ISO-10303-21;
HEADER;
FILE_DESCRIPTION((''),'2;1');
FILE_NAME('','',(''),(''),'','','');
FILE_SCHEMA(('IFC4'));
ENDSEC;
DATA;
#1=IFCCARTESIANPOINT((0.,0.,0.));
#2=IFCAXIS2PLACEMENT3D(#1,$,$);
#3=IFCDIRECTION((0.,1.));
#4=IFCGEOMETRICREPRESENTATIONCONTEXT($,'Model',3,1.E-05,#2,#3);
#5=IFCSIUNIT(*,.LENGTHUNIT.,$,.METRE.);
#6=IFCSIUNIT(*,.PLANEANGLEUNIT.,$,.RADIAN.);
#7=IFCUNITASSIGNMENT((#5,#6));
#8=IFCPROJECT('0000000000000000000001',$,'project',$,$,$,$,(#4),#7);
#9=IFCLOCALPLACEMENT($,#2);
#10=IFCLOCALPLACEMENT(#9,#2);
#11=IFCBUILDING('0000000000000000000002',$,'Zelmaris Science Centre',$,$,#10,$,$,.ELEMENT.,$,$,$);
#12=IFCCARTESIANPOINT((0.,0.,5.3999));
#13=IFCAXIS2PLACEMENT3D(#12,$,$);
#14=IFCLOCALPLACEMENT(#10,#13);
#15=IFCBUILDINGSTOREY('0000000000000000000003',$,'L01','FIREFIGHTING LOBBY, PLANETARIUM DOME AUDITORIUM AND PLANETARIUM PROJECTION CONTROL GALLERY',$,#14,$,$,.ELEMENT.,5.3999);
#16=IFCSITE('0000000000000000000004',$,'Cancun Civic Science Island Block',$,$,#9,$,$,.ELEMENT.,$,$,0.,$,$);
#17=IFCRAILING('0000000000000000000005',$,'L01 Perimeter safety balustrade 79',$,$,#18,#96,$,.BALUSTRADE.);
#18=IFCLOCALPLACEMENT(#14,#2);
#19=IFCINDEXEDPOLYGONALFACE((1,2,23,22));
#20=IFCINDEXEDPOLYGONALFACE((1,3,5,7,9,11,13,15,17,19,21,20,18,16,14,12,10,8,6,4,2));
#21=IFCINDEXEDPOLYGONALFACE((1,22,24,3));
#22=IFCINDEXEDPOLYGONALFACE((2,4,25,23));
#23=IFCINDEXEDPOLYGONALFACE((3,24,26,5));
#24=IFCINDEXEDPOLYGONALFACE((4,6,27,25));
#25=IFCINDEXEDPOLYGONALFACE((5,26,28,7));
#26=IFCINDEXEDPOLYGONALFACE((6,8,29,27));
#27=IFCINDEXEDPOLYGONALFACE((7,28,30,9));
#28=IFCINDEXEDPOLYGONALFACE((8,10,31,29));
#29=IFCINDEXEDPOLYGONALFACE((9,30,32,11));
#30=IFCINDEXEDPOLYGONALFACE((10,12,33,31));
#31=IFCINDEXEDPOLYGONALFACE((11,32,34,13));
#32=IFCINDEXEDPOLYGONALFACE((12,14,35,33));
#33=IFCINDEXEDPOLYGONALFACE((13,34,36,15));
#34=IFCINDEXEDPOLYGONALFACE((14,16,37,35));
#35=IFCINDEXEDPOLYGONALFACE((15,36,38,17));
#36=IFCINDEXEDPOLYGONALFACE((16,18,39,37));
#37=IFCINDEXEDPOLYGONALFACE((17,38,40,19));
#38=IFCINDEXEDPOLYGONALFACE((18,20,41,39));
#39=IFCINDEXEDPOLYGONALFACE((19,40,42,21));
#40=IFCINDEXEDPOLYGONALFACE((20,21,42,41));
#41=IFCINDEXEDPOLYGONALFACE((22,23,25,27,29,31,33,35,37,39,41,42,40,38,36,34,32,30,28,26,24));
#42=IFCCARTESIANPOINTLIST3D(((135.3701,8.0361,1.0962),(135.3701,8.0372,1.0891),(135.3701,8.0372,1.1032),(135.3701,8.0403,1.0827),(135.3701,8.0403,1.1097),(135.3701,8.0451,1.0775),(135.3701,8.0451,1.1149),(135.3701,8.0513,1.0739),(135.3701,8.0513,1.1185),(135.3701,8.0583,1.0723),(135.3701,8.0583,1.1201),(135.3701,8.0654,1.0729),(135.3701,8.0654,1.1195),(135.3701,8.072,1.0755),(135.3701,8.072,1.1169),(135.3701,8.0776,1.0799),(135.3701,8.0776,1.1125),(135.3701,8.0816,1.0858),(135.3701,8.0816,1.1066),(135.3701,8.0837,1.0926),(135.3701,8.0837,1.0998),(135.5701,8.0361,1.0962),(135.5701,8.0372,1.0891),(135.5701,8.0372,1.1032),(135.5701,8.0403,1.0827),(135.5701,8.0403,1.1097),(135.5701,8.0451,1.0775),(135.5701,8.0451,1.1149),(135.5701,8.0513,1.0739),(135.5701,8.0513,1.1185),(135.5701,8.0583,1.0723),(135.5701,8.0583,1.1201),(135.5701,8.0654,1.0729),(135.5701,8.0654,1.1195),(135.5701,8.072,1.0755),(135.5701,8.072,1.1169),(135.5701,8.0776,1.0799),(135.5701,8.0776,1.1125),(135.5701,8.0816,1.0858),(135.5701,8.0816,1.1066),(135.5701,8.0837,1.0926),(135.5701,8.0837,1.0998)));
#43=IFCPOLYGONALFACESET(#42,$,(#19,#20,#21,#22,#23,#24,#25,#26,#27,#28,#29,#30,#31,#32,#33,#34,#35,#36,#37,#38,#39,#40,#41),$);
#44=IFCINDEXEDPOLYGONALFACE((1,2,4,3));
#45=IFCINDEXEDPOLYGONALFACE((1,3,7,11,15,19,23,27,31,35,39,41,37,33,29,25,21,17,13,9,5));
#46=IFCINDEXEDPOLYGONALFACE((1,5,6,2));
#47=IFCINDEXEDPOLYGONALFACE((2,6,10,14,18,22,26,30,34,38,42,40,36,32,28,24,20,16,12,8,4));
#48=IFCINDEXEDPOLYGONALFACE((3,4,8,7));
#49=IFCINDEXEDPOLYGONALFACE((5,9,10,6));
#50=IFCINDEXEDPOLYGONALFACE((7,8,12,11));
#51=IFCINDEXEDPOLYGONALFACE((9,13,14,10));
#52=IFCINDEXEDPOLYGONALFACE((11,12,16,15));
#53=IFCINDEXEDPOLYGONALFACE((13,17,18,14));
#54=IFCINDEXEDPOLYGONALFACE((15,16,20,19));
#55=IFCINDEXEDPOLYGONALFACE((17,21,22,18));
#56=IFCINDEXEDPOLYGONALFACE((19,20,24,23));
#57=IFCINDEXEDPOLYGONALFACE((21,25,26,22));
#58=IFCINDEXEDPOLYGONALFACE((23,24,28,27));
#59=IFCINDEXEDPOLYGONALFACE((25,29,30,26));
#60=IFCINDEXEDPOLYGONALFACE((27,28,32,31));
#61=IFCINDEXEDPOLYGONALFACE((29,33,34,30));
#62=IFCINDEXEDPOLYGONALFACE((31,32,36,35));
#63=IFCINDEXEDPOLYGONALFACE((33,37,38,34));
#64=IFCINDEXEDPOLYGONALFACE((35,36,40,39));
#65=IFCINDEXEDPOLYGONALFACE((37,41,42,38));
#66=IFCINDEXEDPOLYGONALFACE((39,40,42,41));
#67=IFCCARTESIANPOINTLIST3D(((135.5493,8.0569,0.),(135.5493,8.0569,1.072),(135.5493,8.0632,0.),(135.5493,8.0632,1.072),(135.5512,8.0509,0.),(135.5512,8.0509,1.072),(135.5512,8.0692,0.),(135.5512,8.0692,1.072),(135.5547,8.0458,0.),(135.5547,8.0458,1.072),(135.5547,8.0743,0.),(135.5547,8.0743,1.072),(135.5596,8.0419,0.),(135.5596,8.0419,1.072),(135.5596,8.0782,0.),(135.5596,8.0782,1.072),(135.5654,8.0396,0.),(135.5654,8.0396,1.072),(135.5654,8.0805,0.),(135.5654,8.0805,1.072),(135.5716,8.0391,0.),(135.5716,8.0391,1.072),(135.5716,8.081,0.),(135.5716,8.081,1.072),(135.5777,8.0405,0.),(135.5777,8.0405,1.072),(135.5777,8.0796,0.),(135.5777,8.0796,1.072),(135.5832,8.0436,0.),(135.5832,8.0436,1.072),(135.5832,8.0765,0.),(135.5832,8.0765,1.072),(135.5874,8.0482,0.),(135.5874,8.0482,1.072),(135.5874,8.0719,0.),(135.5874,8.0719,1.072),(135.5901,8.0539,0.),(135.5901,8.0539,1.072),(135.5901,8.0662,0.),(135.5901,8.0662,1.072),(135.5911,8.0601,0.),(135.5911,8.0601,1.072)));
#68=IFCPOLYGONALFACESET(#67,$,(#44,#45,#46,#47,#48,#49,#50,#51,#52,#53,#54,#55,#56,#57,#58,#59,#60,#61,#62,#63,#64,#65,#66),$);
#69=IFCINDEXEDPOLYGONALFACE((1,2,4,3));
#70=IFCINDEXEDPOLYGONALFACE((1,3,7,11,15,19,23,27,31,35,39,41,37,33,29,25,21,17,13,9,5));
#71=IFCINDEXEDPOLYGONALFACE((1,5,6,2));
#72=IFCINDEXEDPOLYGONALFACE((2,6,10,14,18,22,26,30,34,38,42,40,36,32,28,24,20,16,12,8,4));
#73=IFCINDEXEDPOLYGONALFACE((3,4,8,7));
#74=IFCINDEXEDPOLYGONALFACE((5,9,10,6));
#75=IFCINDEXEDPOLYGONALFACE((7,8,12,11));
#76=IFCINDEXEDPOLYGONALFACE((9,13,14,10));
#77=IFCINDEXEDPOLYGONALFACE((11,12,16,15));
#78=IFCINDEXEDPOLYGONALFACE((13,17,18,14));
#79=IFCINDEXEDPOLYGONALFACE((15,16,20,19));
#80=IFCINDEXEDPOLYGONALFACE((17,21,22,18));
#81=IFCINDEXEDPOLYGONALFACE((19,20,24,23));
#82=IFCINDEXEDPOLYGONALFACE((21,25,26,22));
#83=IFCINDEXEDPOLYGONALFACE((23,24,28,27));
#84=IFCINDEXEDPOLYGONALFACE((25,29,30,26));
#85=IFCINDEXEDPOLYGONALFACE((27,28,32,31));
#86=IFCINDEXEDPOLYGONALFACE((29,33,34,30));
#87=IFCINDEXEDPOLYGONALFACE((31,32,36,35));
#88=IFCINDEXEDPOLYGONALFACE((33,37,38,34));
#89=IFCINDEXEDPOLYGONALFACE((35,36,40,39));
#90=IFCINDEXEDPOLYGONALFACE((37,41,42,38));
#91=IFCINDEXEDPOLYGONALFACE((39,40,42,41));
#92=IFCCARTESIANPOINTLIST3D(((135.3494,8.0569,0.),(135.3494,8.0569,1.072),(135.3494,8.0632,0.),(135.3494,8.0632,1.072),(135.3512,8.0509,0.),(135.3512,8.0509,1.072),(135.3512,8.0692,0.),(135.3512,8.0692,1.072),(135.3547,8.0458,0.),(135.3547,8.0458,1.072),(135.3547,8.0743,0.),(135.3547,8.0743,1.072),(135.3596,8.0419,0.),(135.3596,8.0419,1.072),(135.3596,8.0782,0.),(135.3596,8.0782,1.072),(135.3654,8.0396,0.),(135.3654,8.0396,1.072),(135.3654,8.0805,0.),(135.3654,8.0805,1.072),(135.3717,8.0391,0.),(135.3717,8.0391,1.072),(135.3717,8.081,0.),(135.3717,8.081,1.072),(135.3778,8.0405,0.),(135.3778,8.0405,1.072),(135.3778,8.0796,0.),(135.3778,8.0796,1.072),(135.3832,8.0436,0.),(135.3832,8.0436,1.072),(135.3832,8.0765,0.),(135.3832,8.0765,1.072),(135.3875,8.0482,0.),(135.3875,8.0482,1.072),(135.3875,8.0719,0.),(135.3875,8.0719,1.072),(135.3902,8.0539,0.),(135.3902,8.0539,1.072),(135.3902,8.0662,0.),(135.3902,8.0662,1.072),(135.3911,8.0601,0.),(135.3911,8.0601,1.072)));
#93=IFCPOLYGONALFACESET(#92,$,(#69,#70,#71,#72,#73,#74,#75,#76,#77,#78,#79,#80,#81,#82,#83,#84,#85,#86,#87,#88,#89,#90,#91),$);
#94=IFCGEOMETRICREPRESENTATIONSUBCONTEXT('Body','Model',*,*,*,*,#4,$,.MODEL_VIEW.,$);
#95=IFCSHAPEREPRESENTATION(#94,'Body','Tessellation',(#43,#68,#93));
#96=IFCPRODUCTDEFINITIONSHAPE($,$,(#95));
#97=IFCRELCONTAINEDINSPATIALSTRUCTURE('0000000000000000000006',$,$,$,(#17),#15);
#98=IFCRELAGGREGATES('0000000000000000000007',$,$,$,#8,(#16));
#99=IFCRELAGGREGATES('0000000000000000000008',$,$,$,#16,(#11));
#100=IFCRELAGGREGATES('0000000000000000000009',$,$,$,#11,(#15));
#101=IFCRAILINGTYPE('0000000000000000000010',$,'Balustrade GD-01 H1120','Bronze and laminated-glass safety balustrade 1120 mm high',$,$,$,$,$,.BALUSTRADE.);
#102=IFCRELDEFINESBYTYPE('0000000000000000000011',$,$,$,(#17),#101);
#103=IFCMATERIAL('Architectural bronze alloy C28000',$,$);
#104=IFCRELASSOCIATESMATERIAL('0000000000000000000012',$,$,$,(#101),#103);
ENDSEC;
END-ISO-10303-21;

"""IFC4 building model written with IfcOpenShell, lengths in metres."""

from ifc_helpers import new_model, si_unit, direction, frame, origin, origin_2d, place, context, subcontext, project, spatial, circle, extrude, material, type_object, element, save


model = new_model("IFC4")

# Units and contexts
model_context = context("Model", 3, precision=1e-05, world=origin(), true_north=direction((0.0, 1.0)))
body_context = subcontext(model_context, "Body", "Model", "MODEL_VIEW")
ifc_project = project(units=[si_unit("LENGTHUNIT", "METRE"), si_unit("PLANEANGLEUNIT", "RADIAN")], contexts=[model_context])

# Site, building, storey
site_placement = place(None, origin())
site = spatial("IfcSite", under=ifc_project, at=site_placement, Name="Cancun Civic Science Island Block", CompositionType="ELEMENT", RefElevation=0.0)
building_placement = place(site_placement, origin())
building = spatial("IfcBuilding", under=site, at=building_placement, Name="Zelmaris Science Centre", CompositionType="ELEMENT")
storey_placement = place(building_placement, frame((0.0, 0.0, 5.3999)))
storey = spatial("IfcBuildingStorey", under=building, at=storey_placement, Name="L01", Description="FIREFIGHTING LOBBY, PLANETARIUM DOME AUDITORIUM AND PLANETARIUM PROJECTION CONTROL GALLERY", CompositionType="ELEMENT", Elevation=5.3999)

# Railing
ifc_material_1 = material(Name="Architectural bronze alloy C28000")
railing_type = type_object("IfcRailingType", Name="Balustrade GD-01 H1120", Description="Bronze and laminated-glass safety balustrade 1120 mm high", PredefinedType="BALUSTRADE", material=ifc_material_1)
railing_placement = place(storey_placement, frame((135.5701, 8.0601, 0.0)))
element("IfcRailing", 1, at=railing_placement, inside=storey, type_object=railing_type, Name="L01 Perimeter safety balustrade 79", PredefinedType="BALUSTRADE", context=body_context, shape_type="SweptSolid", body=[
    extrude(circle(Radius=0.0239, at=origin_2d()), frame((0.0, 0.0, 1.0962), z_axis=(-1.0, 0.0, 0.0), x_axis=(0.0, -1.0, 0.0)), (0.0, 0.0, 1.0), 0.2),
    extrude(circle(Radius=0.021, at=origin_2d()), origin(), (0.0, 0.0, 1.0), 1.072),
    extrude(circle(Radius=0.021, at=origin_2d()), frame((-0.2, 0.0, 0.0)), (0.0, 0.0, 1.0), 1.072),
])

save(model, "model.ifc")
